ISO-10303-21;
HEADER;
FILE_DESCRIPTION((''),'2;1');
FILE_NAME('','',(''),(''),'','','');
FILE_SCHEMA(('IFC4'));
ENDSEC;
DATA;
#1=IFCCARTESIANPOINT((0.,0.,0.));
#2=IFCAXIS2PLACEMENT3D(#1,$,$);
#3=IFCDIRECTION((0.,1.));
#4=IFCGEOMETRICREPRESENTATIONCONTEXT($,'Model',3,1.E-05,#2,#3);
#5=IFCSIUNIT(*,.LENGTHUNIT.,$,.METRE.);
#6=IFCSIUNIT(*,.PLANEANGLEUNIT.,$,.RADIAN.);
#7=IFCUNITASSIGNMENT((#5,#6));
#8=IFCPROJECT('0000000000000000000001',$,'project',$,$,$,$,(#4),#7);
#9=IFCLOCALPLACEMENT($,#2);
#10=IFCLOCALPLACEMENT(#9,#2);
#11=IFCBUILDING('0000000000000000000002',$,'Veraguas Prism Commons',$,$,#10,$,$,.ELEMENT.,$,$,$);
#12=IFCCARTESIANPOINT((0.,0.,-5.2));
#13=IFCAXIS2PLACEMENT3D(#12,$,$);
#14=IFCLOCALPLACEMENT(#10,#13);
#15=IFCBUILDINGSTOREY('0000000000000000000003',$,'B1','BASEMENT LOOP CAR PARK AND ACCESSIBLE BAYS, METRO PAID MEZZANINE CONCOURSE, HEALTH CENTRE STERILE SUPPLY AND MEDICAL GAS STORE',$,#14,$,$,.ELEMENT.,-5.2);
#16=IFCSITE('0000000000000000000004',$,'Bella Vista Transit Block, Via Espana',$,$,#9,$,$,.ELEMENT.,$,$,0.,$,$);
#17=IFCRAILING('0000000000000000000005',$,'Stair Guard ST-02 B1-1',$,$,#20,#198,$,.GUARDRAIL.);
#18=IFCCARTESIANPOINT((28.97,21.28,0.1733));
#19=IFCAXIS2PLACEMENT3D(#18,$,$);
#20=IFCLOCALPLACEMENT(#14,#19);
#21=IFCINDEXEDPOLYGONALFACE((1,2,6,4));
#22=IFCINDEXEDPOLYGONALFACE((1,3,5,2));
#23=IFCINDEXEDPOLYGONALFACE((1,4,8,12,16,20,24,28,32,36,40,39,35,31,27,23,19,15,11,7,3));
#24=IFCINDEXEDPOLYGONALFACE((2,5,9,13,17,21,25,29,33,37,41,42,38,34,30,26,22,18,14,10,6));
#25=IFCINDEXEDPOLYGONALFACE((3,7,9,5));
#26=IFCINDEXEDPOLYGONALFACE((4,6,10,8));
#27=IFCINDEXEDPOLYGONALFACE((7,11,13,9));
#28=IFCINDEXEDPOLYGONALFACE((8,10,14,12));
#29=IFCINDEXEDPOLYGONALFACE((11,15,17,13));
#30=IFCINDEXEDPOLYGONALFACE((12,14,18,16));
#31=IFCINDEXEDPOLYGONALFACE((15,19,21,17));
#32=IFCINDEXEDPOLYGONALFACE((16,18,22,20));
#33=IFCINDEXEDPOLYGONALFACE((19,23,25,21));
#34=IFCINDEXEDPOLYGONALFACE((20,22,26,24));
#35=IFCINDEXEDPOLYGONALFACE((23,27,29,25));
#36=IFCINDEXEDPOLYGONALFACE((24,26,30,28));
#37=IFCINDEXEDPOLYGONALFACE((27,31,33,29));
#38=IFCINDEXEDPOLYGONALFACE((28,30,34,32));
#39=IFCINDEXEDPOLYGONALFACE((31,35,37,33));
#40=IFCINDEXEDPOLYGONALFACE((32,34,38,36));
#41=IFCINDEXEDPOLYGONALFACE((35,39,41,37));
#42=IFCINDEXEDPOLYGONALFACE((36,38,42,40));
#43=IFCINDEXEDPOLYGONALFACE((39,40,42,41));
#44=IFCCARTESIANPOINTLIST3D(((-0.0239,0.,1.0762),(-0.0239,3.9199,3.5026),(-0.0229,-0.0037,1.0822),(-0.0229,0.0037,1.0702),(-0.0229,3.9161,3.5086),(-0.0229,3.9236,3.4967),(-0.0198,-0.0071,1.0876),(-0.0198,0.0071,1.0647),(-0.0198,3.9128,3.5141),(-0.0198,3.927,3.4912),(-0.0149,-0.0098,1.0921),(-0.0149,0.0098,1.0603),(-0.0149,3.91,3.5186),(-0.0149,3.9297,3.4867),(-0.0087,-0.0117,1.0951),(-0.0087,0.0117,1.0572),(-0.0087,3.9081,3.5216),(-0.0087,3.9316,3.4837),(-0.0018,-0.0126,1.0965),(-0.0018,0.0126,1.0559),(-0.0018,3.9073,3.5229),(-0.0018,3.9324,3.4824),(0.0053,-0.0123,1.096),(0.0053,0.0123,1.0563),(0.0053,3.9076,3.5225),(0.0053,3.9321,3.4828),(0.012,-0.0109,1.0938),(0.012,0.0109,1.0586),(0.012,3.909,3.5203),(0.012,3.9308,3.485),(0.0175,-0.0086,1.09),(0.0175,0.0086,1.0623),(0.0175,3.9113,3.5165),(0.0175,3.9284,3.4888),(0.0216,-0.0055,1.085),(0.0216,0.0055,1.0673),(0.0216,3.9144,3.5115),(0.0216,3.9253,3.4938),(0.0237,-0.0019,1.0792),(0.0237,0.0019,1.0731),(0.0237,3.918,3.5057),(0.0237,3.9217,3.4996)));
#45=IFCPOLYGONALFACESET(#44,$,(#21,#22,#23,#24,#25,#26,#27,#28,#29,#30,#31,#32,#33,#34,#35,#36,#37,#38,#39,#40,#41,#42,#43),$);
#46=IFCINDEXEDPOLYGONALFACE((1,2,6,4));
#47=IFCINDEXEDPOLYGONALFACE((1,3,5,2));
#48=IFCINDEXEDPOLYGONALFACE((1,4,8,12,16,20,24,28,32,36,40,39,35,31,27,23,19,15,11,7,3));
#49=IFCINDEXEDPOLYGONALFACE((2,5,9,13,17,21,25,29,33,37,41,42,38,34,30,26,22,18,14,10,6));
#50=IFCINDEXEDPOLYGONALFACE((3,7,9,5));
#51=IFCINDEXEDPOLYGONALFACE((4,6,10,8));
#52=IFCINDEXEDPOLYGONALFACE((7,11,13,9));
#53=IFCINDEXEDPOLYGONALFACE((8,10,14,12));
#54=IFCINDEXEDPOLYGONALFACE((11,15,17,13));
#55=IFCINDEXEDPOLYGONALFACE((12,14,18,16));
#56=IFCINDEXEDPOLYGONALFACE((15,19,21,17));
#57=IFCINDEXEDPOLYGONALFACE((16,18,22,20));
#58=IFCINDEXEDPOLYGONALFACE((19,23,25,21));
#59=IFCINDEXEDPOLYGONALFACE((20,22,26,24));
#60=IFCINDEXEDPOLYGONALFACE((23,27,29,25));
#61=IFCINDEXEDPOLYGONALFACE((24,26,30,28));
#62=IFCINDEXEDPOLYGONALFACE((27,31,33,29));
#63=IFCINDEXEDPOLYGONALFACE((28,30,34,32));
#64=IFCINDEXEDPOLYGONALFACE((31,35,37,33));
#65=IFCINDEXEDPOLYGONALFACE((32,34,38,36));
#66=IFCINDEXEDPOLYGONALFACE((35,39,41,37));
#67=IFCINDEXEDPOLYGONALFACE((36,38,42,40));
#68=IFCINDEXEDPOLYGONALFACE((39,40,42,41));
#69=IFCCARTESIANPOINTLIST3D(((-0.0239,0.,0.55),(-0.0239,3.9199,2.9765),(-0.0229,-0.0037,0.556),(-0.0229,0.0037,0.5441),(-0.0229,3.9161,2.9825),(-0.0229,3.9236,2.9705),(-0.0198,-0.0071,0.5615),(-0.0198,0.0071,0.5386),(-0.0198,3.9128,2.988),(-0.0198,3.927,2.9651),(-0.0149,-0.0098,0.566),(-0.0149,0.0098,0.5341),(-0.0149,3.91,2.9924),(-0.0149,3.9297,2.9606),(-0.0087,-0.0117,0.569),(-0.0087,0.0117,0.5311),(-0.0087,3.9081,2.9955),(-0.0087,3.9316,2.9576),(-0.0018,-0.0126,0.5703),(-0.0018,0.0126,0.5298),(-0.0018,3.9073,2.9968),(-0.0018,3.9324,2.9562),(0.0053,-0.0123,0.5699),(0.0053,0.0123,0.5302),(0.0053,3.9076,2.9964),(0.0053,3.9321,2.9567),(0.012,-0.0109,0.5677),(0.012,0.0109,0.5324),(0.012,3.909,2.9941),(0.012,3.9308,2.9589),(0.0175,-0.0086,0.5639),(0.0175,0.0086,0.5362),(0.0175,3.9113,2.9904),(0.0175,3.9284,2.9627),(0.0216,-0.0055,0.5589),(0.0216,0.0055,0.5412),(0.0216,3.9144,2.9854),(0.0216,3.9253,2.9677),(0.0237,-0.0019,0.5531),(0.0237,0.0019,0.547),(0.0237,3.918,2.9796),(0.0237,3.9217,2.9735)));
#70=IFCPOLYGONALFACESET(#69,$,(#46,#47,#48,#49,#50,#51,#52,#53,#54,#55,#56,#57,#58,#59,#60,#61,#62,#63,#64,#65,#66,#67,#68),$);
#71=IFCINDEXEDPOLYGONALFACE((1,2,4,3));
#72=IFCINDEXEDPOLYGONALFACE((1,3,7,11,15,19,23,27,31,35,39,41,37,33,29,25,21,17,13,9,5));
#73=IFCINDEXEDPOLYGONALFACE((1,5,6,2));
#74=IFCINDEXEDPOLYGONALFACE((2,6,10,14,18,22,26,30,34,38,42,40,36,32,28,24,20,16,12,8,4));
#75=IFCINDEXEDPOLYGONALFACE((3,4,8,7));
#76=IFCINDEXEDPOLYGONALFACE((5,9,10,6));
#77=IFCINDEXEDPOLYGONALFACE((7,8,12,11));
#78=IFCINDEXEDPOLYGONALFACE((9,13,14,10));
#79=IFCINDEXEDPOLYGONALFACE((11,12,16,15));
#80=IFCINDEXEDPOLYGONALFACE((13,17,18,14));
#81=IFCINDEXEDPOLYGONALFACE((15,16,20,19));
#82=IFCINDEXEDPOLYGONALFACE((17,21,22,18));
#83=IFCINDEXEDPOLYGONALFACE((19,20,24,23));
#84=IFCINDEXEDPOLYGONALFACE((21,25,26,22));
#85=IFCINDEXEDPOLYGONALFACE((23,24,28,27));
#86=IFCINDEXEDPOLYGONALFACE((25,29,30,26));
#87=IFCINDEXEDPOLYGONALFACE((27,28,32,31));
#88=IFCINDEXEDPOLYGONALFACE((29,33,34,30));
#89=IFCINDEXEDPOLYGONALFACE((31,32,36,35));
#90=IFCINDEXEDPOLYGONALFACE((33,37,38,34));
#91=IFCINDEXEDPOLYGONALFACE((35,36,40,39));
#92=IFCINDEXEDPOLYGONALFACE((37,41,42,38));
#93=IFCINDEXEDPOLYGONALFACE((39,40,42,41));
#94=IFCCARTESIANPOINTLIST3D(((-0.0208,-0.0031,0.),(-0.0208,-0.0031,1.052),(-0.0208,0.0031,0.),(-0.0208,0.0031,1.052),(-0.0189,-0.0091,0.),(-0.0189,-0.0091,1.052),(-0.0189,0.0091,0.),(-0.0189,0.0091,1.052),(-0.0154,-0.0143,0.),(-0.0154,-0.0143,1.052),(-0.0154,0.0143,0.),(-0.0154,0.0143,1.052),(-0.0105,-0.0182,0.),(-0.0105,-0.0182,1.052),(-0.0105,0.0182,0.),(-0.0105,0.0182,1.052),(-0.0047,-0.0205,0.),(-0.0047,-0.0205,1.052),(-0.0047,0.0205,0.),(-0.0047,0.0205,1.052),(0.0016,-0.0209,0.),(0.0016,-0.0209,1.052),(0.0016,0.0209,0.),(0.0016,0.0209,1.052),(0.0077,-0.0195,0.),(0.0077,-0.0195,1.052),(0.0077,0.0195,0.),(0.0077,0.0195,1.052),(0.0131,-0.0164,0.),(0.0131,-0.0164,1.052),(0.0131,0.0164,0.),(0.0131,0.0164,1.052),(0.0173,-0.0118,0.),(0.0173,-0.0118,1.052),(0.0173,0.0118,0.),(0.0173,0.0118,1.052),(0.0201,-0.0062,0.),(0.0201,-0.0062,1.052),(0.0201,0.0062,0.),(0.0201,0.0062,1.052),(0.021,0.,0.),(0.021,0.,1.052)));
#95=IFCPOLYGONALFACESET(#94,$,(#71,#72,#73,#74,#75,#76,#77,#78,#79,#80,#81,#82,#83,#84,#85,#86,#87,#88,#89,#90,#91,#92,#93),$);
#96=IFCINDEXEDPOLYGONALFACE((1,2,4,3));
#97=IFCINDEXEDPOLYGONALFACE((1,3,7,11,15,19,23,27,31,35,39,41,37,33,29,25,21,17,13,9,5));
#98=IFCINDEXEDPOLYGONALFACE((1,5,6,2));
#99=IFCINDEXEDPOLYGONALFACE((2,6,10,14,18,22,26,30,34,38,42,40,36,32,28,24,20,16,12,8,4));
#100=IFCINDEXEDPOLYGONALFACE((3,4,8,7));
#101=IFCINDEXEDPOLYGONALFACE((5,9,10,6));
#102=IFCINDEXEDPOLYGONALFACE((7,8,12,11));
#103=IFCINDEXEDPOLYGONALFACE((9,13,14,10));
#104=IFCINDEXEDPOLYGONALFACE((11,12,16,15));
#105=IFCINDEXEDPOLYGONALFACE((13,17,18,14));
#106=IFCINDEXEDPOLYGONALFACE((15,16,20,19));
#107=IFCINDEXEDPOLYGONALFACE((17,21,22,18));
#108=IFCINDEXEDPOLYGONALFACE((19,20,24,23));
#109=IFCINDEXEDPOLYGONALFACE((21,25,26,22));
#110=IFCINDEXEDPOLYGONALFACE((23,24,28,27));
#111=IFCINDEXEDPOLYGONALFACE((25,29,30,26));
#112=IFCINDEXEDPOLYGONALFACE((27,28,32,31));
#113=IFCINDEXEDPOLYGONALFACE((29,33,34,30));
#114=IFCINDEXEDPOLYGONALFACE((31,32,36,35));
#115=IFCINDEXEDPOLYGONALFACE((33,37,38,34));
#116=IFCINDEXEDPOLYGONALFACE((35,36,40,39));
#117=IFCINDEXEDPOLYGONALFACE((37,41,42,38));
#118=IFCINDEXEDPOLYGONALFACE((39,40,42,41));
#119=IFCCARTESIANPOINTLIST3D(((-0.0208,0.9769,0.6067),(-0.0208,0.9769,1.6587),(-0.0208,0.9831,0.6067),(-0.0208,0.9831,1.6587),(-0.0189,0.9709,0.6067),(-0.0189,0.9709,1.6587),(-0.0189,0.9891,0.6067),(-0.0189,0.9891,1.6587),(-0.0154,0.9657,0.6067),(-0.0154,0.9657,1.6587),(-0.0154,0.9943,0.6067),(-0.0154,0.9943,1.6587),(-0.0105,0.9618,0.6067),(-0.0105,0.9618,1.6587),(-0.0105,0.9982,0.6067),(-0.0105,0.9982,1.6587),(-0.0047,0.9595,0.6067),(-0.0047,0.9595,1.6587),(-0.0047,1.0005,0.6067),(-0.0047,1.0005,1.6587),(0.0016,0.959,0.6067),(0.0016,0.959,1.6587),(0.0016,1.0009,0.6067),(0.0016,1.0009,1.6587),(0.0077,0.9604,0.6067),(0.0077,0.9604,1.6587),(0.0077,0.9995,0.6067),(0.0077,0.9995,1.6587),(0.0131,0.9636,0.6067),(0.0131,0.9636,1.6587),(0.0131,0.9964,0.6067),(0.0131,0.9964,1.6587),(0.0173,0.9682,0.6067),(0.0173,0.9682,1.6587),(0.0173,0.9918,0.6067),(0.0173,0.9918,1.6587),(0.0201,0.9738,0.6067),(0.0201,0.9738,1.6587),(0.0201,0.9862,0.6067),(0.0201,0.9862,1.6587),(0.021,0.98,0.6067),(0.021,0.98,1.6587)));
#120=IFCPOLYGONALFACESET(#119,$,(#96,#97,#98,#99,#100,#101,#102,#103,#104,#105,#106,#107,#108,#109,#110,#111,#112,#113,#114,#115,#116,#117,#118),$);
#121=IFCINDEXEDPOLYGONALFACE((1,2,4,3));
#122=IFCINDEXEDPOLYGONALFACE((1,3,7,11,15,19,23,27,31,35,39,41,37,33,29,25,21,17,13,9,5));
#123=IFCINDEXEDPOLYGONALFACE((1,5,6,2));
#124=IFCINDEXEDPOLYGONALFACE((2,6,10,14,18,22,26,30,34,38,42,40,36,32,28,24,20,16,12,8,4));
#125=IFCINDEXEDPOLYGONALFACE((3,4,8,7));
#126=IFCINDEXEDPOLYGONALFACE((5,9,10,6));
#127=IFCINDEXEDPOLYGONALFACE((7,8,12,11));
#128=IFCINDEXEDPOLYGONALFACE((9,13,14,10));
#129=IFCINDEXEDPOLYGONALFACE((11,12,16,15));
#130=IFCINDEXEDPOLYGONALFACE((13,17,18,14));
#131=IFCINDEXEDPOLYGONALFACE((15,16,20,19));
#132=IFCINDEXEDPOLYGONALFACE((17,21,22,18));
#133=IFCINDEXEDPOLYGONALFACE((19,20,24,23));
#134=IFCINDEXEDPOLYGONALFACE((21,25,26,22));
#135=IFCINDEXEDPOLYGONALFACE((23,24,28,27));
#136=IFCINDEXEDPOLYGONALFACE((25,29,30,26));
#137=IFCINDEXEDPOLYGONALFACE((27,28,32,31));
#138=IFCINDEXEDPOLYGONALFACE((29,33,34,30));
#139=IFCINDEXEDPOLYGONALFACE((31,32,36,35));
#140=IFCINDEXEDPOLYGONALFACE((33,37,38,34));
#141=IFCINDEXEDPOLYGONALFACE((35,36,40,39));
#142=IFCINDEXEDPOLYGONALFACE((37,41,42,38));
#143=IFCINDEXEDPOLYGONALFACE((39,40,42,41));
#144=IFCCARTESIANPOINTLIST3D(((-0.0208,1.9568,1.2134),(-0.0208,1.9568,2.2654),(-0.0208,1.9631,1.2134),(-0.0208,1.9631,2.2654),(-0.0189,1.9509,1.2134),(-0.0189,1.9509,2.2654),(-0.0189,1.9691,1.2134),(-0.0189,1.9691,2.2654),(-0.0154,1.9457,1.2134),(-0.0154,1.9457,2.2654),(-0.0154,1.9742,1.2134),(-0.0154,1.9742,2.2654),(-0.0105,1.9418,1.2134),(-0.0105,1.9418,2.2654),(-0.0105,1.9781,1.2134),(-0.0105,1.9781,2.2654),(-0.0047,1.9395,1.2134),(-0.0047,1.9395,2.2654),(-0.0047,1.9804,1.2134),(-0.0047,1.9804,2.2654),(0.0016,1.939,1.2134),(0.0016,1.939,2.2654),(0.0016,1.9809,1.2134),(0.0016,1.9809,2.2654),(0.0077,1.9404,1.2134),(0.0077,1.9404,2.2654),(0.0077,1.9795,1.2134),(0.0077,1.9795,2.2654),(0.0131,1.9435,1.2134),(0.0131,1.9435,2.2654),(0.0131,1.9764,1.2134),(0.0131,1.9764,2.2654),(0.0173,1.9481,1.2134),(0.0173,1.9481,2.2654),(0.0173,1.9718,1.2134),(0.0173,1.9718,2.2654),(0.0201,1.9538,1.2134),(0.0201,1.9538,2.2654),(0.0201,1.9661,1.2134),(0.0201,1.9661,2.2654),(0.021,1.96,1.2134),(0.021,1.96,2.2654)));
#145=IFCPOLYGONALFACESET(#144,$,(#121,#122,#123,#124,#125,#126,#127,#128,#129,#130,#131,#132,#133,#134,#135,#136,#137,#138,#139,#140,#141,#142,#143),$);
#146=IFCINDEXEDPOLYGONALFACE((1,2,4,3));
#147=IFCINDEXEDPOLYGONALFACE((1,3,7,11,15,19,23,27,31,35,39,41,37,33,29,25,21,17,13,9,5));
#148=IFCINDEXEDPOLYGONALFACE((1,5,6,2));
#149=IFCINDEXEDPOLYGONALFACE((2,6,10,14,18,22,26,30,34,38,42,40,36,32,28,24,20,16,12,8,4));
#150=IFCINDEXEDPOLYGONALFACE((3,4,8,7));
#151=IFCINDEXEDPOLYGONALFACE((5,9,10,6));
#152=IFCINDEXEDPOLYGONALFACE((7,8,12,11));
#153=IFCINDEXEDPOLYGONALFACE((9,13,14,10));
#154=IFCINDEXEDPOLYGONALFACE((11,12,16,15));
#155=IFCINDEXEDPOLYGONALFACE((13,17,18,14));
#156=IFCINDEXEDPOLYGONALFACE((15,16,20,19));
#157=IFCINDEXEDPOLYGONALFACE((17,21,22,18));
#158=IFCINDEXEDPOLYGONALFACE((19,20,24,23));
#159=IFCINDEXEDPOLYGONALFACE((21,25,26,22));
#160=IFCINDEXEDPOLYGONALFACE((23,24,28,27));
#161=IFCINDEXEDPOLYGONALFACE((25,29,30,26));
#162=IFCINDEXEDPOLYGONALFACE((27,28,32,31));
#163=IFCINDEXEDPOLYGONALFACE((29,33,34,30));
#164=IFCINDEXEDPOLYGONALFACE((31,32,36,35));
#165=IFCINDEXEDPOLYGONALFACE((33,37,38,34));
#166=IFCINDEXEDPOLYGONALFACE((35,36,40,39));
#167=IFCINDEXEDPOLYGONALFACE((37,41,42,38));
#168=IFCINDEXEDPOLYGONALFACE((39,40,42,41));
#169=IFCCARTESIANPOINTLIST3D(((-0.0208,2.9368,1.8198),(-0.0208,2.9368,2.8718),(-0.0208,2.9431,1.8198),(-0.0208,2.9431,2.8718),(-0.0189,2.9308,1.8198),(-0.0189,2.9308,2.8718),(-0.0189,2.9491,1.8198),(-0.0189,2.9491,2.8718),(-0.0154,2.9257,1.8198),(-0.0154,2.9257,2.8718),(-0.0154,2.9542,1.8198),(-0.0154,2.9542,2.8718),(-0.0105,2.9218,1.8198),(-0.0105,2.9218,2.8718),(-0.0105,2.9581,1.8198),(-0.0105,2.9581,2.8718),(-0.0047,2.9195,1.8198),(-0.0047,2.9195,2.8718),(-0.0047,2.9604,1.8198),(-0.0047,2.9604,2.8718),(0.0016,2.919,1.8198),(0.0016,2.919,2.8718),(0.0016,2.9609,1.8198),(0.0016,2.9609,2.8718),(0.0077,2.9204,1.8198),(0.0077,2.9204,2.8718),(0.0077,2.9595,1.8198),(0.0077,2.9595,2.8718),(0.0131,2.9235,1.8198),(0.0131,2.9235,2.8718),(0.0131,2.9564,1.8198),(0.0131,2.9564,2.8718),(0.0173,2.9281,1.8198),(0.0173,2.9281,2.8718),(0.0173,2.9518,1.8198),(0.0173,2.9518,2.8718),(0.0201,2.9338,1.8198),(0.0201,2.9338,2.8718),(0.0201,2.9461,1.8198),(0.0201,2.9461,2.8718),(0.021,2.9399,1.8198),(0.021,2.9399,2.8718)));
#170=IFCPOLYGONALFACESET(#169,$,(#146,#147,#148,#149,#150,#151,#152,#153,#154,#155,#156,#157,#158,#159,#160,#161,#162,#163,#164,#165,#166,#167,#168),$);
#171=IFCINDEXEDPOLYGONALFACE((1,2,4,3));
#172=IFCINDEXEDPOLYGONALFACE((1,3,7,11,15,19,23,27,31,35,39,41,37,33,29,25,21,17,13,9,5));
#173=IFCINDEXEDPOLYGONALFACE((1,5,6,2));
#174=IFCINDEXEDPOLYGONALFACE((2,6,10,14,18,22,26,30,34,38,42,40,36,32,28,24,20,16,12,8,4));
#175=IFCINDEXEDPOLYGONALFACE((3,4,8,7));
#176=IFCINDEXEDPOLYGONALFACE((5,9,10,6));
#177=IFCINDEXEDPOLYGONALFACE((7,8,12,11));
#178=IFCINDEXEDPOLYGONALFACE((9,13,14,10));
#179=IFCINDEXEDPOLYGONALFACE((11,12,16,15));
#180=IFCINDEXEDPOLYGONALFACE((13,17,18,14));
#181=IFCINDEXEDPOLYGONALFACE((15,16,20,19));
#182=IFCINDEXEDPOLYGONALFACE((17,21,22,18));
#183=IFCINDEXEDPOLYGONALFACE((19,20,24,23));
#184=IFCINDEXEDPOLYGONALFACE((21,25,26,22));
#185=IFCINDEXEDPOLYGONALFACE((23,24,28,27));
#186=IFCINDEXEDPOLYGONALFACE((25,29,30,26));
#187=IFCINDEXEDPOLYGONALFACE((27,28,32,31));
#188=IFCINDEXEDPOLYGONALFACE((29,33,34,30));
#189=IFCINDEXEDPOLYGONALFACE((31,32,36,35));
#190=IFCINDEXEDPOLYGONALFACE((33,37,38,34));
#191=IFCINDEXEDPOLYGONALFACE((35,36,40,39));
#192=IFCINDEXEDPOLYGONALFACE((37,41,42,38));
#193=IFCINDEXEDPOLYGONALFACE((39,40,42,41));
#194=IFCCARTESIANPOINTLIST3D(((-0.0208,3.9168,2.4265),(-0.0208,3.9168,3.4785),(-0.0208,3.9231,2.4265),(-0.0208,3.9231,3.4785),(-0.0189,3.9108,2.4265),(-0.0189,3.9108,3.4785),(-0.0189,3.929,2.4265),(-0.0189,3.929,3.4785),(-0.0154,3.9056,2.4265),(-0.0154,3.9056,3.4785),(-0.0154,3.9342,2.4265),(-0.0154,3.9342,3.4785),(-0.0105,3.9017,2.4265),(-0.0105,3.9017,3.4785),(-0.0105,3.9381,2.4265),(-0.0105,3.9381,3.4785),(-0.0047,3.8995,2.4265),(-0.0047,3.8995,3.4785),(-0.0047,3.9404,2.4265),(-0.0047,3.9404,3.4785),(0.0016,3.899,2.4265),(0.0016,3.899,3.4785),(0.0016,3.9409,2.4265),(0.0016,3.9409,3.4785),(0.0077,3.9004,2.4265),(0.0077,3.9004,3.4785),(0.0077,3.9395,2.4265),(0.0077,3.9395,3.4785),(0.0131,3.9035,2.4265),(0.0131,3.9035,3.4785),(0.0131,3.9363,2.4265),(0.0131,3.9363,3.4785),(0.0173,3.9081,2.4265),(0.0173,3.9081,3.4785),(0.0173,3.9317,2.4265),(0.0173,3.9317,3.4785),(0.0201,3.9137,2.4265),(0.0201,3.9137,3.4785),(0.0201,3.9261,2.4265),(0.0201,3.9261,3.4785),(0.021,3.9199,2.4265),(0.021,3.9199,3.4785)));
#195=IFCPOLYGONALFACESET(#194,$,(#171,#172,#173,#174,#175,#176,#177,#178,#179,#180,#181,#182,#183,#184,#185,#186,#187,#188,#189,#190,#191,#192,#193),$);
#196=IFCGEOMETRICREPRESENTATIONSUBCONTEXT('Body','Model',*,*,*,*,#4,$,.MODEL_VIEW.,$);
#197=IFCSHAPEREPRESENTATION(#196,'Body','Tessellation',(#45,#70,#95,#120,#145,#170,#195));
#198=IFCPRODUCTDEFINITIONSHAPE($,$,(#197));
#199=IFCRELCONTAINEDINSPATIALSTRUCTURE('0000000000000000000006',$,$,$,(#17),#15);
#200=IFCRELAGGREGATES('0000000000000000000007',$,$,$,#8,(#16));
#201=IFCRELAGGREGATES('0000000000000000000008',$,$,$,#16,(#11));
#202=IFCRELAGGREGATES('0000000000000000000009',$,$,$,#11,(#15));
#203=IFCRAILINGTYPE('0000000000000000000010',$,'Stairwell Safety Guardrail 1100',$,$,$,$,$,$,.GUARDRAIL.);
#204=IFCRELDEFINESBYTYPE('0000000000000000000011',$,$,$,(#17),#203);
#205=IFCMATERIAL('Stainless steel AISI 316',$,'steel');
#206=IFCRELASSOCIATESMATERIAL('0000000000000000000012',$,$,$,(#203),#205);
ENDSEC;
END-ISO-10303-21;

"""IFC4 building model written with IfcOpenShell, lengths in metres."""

from ifc_helpers import new_model, si_unit, direction, frame, origin, origin_2d, place, context, subcontext, project, spatial, circle, extrude, material, type_object, element, save


model = new_model("IFC4")

# Units and contexts
model_context = context("Model", 3, precision=1e-05, world=origin(), true_north=direction((0.0, 1.0)))
body_context = subcontext(model_context, "Body", "Model", "MODEL_VIEW")
ifc_project = project(units=[si_unit("LENGTHUNIT", "METRE"), si_unit("PLANEANGLEUNIT", "RADIAN")], contexts=[model_context])

# Site, building, storey
site_placement = place(None, origin())
site = spatial("IfcSite", under=ifc_project, at=site_placement, Name="Bella Vista Transit Block, Via Espana", CompositionType="ELEMENT", RefElevation=0.0)
building_placement = place(site_placement, origin())
building = spatial("IfcBuilding", under=site, at=building_placement, Name="Veraguas Prism Commons", CompositionType="ELEMENT")
storey_placement = place(building_placement, frame((0.0, 0.0, -5.2)))
storey = spatial("IfcBuildingStorey", under=building, at=storey_placement, Name="B1", Description="BASEMENT LOOP CAR PARK AND ACCESSIBLE BAYS, METRO PAID MEZZANINE CONCOURSE, HEALTH CENTRE STERILE SUPPLY AND MEDICAL GAS STORE", CompositionType="ELEMENT", Elevation=-5.2)

# Railing
ifc_material_1 = material(Name="Stainless steel AISI 316", Category="steel")
railing_type_1 = type_object("IfcRailingType", Name="Stairwell Safety Guardrail 1100", PredefinedType="GUARDRAIL", material=ifc_material_1)
railing_1_placement = place(storey_placement, frame((28.97, 21.28, 0.1733)))
element("IfcRailing", 1, at=railing_1_placement, inside=storey, type_object=railing_type_1, Name="Stair Guard ST-02 B1-1", PredefinedType="GUARDRAIL", context=body_context, shape_type="SweptSolid", body=[
    extrude(circle(Radius=0.0239, at=origin_2d()), frame((0.0, 0.0, 1.0762), z_axis=(0.0, 0.850275, 0.526338), x_axis=(-1.0, 0.0, 0.0)), (0.0, 0.0, 1.0), 4.6101),
    extrude(circle(Radius=0.0239, at=origin_2d()), frame((0.0, 0.0, 0.55), z_axis=(0.0, 0.850275, 0.526338), x_axis=(-1.0, 0.0, 0.0)), (0.0, 0.0, 1.0), 4.6101),
    extrude(circle(Radius=0.021, at=origin_2d()), origin(), (0.0, 0.0, 1.0), 1.052),
    extrude(circle(Radius=0.021, at=origin_2d()), frame((0.0, 0.98, 0.6067)), (0.0, 0.0, 1.0), 1.052),
    extrude(circle(Radius=0.021, at=origin_2d()), frame((0.0, 1.96, 1.2134)), (0.0, 0.0, 1.0), 1.052),
    extrude(circle(Radius=0.021, at=origin_2d()), frame((0.0, 2.9399, 1.8198)), (0.0, 0.0, 1.0), 1.052),
    extrude(circle(Radius=0.021, at=origin_2d()), frame((0.0, 3.9199, 2.4265)), (0.0, 0.0, 1.0), 1.052),
])

save(model, "model.ifc")
